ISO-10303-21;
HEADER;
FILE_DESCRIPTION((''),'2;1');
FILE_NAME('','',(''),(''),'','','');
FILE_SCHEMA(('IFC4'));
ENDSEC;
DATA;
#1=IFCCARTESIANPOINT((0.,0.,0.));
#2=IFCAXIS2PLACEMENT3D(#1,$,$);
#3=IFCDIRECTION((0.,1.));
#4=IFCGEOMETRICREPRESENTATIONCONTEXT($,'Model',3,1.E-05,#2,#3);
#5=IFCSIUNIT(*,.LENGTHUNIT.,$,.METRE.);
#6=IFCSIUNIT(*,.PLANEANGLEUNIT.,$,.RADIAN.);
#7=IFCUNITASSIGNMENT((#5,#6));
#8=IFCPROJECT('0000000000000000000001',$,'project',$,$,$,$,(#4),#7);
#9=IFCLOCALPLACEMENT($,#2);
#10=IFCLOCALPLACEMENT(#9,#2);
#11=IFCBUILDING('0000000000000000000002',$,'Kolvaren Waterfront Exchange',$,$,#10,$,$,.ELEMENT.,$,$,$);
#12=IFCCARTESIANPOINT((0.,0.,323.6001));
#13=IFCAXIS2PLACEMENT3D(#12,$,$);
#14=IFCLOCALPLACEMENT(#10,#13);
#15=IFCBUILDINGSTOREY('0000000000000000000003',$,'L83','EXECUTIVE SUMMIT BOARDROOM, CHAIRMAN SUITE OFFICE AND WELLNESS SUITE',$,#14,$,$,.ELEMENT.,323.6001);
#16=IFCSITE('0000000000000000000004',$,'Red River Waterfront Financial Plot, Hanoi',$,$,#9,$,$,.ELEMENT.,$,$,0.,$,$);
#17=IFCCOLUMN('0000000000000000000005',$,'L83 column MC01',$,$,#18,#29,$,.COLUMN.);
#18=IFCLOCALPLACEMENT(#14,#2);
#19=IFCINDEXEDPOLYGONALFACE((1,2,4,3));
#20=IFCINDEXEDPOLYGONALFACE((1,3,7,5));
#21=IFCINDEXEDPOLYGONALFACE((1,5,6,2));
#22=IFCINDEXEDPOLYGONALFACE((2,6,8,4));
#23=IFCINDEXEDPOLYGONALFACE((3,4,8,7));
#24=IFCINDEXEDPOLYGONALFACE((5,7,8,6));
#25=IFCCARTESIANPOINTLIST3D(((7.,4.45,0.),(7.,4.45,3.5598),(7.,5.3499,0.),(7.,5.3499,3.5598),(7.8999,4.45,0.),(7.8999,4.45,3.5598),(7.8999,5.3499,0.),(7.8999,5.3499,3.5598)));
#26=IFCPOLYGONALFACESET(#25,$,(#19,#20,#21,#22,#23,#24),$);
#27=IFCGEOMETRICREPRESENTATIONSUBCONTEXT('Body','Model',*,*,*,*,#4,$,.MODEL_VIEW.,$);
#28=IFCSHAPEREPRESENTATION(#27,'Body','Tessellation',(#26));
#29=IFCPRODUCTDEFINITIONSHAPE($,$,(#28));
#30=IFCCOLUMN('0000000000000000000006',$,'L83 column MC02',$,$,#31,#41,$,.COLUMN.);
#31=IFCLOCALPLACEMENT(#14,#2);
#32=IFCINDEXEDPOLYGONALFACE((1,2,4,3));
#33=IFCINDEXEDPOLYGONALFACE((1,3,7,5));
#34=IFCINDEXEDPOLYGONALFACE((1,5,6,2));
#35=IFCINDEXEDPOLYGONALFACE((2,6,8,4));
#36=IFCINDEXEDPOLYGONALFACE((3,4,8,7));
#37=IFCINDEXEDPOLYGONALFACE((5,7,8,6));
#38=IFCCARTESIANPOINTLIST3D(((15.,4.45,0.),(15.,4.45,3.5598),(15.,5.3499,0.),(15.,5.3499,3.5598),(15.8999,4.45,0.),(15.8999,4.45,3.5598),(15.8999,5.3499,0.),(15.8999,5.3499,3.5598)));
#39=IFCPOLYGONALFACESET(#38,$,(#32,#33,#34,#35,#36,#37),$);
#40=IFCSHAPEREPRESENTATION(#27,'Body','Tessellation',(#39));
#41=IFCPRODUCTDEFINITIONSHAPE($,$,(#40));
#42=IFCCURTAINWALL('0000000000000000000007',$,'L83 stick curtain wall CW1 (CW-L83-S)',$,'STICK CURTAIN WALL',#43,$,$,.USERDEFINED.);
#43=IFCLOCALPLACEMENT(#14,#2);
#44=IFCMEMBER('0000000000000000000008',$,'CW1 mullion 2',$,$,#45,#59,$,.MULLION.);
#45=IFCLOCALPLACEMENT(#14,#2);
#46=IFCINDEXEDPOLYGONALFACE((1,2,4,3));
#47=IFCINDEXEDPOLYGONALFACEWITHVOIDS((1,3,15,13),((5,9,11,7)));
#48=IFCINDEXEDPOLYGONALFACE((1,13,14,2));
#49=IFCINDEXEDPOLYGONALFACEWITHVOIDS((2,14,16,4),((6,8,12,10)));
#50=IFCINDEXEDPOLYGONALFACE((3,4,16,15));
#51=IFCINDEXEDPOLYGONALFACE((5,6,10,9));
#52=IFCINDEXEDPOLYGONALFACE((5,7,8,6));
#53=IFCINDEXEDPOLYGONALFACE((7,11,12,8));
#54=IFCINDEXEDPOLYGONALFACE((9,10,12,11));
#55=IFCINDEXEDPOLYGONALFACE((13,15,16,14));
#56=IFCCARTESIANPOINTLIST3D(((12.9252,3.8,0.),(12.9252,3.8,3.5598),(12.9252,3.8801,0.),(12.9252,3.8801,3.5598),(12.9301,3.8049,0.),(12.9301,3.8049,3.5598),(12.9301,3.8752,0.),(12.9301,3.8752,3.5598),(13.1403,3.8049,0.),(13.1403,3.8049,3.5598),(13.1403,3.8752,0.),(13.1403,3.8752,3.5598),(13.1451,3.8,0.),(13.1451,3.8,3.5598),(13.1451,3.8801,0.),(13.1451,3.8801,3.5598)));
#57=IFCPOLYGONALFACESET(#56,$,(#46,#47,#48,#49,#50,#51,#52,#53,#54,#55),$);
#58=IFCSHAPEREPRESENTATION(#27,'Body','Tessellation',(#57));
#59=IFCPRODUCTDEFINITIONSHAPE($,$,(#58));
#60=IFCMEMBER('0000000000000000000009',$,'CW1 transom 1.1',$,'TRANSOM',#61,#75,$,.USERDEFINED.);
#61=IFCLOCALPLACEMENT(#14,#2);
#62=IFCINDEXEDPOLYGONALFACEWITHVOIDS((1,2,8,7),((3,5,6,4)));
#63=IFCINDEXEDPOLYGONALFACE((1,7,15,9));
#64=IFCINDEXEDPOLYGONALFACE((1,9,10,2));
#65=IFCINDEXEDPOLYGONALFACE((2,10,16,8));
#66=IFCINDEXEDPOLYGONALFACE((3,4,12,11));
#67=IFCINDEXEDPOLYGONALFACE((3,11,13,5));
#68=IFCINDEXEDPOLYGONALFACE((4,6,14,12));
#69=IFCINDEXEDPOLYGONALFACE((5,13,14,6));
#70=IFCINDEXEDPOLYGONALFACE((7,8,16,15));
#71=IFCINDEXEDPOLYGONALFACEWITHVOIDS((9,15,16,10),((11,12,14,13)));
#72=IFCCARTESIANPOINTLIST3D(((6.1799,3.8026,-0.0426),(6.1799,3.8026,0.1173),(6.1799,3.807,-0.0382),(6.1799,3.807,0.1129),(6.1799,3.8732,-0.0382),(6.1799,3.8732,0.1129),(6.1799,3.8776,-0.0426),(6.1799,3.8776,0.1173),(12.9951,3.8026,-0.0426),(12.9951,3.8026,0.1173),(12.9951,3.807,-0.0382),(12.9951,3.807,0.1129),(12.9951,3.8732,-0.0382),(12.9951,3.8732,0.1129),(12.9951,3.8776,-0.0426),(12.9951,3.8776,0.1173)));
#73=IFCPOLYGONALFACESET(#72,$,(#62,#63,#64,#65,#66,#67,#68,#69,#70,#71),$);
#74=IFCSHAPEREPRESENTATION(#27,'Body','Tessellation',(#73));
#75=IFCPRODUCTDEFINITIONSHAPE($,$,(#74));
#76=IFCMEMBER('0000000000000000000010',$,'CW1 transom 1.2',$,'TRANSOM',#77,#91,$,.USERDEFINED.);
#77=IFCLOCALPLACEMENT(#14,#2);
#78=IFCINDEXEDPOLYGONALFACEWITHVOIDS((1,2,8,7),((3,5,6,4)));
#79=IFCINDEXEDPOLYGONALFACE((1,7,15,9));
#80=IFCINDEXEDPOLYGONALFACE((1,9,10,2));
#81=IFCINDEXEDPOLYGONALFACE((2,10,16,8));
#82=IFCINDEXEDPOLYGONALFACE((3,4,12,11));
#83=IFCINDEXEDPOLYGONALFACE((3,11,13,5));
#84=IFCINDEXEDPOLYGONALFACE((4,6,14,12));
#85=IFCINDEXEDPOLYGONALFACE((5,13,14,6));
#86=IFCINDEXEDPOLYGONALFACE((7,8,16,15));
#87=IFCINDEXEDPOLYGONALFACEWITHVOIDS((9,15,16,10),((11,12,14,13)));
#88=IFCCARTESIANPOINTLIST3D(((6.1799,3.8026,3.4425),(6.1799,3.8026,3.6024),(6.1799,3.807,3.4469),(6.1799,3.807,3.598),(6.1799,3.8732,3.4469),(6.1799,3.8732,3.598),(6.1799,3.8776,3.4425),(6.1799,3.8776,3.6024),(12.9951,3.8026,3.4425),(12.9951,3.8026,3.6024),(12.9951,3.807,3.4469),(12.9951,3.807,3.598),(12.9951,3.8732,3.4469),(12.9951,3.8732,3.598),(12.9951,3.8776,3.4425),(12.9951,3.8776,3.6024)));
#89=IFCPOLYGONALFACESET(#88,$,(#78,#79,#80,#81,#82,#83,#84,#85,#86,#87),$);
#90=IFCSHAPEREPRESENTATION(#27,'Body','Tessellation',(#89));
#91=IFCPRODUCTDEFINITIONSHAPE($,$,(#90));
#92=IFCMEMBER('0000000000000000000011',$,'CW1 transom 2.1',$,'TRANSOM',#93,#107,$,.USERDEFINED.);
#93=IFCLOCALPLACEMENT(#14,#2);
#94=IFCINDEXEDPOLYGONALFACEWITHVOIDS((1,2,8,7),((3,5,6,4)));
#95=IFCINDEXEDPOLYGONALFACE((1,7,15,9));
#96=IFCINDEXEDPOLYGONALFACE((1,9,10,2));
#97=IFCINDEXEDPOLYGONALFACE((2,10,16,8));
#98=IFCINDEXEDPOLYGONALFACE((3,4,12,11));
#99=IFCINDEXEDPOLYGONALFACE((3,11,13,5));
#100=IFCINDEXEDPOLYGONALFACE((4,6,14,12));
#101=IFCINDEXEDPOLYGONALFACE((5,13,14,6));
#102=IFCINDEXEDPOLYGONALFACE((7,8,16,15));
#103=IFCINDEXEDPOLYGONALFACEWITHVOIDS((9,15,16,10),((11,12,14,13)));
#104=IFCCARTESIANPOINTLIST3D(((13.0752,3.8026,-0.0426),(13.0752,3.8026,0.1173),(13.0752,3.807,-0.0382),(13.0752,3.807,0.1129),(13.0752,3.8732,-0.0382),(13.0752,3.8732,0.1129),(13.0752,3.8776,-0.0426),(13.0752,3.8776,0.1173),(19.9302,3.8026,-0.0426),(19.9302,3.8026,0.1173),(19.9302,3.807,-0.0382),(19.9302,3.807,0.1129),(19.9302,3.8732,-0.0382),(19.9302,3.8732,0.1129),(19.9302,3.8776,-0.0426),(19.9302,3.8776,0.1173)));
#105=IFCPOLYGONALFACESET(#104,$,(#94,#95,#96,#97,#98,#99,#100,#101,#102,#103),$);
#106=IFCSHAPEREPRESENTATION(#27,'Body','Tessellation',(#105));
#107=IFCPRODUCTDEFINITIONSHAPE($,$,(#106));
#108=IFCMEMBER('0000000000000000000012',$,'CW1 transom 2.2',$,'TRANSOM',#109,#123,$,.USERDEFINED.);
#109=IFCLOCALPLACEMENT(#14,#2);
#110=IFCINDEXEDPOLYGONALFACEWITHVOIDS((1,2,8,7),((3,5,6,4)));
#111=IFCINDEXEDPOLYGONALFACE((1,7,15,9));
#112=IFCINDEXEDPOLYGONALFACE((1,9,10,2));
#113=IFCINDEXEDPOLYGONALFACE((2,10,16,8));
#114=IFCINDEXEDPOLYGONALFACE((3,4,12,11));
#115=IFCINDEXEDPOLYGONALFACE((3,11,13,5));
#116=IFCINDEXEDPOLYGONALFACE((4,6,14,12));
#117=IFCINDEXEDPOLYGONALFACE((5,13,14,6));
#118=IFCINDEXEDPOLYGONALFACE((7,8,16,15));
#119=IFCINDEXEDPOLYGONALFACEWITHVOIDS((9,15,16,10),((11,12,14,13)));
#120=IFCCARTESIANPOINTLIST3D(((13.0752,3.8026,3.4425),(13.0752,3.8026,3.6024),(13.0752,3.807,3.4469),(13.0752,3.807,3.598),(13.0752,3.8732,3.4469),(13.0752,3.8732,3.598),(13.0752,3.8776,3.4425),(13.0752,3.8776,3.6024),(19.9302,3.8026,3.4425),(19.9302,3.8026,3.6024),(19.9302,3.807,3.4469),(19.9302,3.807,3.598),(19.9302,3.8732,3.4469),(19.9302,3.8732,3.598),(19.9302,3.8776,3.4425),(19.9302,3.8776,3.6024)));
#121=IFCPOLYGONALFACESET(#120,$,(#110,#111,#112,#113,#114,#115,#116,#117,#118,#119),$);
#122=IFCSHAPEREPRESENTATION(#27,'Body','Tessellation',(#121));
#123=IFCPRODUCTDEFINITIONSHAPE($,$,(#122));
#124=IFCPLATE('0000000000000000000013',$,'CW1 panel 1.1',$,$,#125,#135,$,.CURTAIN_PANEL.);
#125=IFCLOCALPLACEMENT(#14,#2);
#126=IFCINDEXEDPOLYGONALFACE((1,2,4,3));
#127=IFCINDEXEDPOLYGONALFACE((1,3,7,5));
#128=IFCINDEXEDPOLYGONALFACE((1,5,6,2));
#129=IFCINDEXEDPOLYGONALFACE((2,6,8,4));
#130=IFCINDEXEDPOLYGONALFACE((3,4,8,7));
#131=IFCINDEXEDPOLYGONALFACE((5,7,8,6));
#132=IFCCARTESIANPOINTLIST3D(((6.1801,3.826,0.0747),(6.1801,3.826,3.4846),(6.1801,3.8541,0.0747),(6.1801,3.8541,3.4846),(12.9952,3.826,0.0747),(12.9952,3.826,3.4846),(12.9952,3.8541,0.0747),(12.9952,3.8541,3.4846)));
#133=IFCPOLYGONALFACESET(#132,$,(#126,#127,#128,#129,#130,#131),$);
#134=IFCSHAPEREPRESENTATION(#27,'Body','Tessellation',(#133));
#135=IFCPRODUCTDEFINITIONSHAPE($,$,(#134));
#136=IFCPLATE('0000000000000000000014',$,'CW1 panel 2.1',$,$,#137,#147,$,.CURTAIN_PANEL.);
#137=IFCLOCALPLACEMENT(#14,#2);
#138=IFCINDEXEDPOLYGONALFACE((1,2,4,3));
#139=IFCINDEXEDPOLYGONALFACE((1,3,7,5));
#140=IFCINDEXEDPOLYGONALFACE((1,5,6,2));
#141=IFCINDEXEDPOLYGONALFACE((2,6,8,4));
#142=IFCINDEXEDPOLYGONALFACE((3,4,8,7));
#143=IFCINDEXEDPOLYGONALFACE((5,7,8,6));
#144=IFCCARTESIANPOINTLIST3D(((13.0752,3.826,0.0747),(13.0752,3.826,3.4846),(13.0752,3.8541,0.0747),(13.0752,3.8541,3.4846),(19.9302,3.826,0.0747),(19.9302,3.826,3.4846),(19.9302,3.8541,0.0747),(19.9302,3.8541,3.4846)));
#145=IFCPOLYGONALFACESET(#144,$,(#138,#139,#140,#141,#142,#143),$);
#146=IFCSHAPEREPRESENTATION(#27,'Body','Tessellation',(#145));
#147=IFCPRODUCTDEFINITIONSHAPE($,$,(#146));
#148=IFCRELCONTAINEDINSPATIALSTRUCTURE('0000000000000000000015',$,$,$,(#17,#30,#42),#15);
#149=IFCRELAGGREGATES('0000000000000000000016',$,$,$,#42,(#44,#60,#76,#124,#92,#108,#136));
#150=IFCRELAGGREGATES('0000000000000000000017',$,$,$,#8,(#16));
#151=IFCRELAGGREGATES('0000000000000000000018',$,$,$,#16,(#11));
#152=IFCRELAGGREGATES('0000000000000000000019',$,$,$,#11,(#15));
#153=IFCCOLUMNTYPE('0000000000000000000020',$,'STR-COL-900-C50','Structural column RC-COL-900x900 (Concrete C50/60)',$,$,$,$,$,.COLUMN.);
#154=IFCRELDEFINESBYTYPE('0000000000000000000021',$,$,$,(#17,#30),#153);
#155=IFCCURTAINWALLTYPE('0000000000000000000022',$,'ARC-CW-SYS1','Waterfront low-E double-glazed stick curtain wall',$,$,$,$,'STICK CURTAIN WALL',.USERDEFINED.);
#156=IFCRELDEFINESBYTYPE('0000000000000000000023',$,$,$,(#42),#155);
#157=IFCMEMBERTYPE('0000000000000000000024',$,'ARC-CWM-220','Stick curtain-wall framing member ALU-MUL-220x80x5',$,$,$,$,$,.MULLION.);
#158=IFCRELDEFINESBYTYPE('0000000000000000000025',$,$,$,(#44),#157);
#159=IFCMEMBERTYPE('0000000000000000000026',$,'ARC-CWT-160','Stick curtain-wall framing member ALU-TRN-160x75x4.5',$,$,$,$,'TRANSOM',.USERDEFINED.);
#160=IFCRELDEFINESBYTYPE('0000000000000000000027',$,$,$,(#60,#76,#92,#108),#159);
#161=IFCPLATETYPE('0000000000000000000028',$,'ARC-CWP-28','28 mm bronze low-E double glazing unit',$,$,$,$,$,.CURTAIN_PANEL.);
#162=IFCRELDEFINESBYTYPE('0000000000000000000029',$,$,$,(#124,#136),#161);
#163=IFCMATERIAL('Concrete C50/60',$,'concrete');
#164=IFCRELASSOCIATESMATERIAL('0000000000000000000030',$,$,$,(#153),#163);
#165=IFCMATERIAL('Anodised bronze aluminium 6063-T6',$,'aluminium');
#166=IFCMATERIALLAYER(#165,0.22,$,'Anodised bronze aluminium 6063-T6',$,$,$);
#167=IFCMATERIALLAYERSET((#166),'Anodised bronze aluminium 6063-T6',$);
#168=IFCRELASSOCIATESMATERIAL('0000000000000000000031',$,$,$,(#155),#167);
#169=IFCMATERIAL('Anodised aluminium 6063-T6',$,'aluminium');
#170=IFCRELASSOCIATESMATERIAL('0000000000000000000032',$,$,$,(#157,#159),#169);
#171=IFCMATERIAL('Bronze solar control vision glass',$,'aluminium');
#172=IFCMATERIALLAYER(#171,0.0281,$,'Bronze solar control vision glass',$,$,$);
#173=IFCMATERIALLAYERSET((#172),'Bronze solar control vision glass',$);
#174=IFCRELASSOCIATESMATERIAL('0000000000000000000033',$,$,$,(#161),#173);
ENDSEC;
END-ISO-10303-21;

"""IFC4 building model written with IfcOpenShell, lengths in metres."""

from ifc_helpers import new_model, si_unit, direction, frame, origin, origin_with_axes, origin_2d, place, context, subcontext, project, spatial, rectangle, hollow_rectangle, extrude, source, transform, mapped, material, layer, layer_set, material_profile, profile_set, type_object, element, aggregate, save


model = new_model("IFC4")

# Units and contexts
model_context = context("Model", 3, precision=1e-05, world=origin(), true_north=direction((0.0, 1.0)))
body_context = subcontext(model_context, "Body", "Model", "MODEL_VIEW")
ifc_project = project(units=[si_unit("LENGTHUNIT", "METRE"), si_unit("PLANEANGLEUNIT", "RADIAN")], contexts=[model_context])

# Site, building, storey
site_placement = place(None, origin())
site = spatial("IfcSite", under=ifc_project, at=site_placement, Name="Red River Waterfront Financial Plot, Hanoi", CompositionType="ELEMENT", RefElevation=0.0)
building_placement = place(site_placement, origin())
building = spatial("IfcBuilding", under=site, at=building_placement, Name="Kolvaren Waterfront Exchange", CompositionType="ELEMENT")
storey_placement = place(building_placement, frame((0.0, 0.0, 323.6001)))
storey = spatial("IfcBuildingStorey", under=building, at=storey_placement, Name="L83", Description="EXECUTIVE SUMMIT BOARDROOM, CHAIRMAN SUITE OFFICE AND WELLNESS SUITE", CompositionType="ELEMENT", Elevation=323.6001)

# Columns
ifc_material_1 = material(Name="Concrete C50/60", Category="concrete")
ifc_material_profile_1 = material_profile(ifc_material_1, rectangle(XDim=0.8999, YDim=0.8999, at=origin_2d()), Name="RC-COL-900x900")
ifc_profile_set_1 = profile_set([ifc_material_profile_1], Name="Concrete C50/60")
column_type = type_object("IfcColumnType", Name="STR-COL-900-C50", Description="Structural column RC-COL-900x900 (Concrete C50/60)", PredefinedType="COLUMN", material=ifc_profile_set_1)
for number, where, z_axis, x_axis, name in (
    (1, (7.45, 4.8999, 0.0), (0.0, 0.0, 1.0), (1.0, 0.0, 0.0), "L83 column MC01"),
    (2, (15.45, 4.8999, 0.0), (0.0, 0.0, 1.0), (1.0, 0.0, 0.0), "L83 column MC02"),
):
    element("IfcColumn", number, at=place(storey_placement, frame(where, z_axis=z_axis, x_axis=x_axis)), inside=storey, type_object=column_type, Name=name, PredefinedType="COLUMN", context=body_context, shape_type="SweptSolid", body=[
        extrude(rectangle(XDim=0.8999, YDim=0.8999, at=origin_2d()), origin(), (0.0, 0.0, 1.0), 3.5598),
    ])

# Curtain wall, members, plates
ifc_material_2 = material(Name="Anodised bronze aluminium 6063-T6", Category="aluminium")
ifc_layer_1 = layer(ifc_material_2, 0.22, Name="Anodised bronze aluminium 6063-T6")
ifc_layer_set_1 = layer_set([ifc_layer_1], Name="Anodised bronze aluminium 6063-T6")
curtain_wall_type = type_object("IfcCurtainWallType", Name="ARC-CW-SYS1", Description="Waterfront low-E double-glazed stick curtain wall", ElementType="STICK CURTAIN WALL", PredefinedType="USERDEFINED", material=ifc_layer_set_1)
curtain_wall_placement = place(storey_placement, origin())
curtain_wall = element("IfcCurtainWall", 3, at=curtain_wall_placement, inside=storey, type_object=curtain_wall_type, Name="L83 stick curtain wall CW1 (CW-L83-S)", ObjectType="STICK CURTAIN WALL", PredefinedType="USERDEFINED")
ifc_material_3 = material(Name="Anodised aluminium 6063-T6", Category="aluminium")
ifc_material_profile_2 = material_profile(ifc_material_3, hollow_rectangle(XDim=0.0801, YDim=0.22, WallThickness=0.0049, at=origin_2d()), Name="ALU-MUL-220x80x5")
ifc_profile_set_2 = profile_set([ifc_material_profile_2], Name="Anodised aluminium 6063-T6")
member_type_1 = type_object("IfcMemberType", Name="ARC-CWM-220", Description="Stick curtain-wall framing member ALU-MUL-220x80x5", PredefinedType="MULLION", material=ifc_profile_set_2)
shared_shape_1 = source(origin_with_axes(), body_context, "Body", "SweptSolid", [
    extrude(hollow_rectangle(XDim=0.0801, YDim=0.22, WallThickness=0.0049, at=origin_2d()), origin(), (0.0, 0.0, 1.0), 3.5598),
])
member_1_placement = place(storey_placement, frame((13.0352, 3.8401, 0.0), z_axis=(0.0, 0.0, 1.0), x_axis=(0.0, 1.0, 0.0)))
member_1 = element("IfcMember", 4, at=member_1_placement, type_object=member_type_1, Name="CW1 mullion 2", PredefinedType="MULLION", context=body_context, shape_type="MappedRepresentation", body=[
    mapped(shared_shape_1, transform((0.0, 0.0, 0.0), x_axis=(1.0, 0.0, 0.0), y_axis=(0.0, 1.0, 0.0), z_axis=(0.0, 0.0, 1.0), scale=1.0)),
])
ifc_material_profile_3 = material_profile(ifc_material_3, hollow_rectangle(XDim=0.075, YDim=0.1599, WallThickness=0.0044, at=origin_2d()), Name="ALU-TRN-160x75x4.5")
ifc_profile_set_3 = profile_set([ifc_material_profile_3], Name="Anodised aluminium 6063-T6")
member_type_2 = type_object("IfcMemberType", Name="ARC-CWT-160", Description="Stick curtain-wall framing member ALU-TRN-160x75x4.5", ElementType="TRANSOM", PredefinedType="USERDEFINED", material=ifc_profile_set_3)
shared_shape_2 = source(origin_with_axes(), body_context, "Body", "SweptSolid", [
    extrude(hollow_rectangle(XDim=0.075, YDim=0.1599, WallThickness=0.0044, at=origin_2d()), origin(), (0.0, 0.0, 1.0), 6.8152),
])
member_2_placement = place(storey_placement, frame((6.1799, 3.8401, 0.0374), z_axis=(1.0, 0.0, 0.0), x_axis=(0.0, 1.0, 0.0)))
member_2 = element("IfcMember", 5, at=member_2_placement, type_object=member_type_2, Name="CW1 transom 1.1", ObjectType="TRANSOM", PredefinedType="USERDEFINED", context=body_context, shape_type="MappedRepresentation", body=[
    mapped(shared_shape_2, transform((0.0, 0.0, 0.0), x_axis=(1.0, 0.0, 0.0), y_axis=(0.0, 1.0, 0.0), z_axis=(0.0, 0.0, 1.0), scale=1.0)),
])
member_3_placement = place(storey_placement, frame((6.1799, 3.8401, 3.5225), z_axis=(1.0, 0.0, 0.0), x_axis=(0.0, 1.0, 0.0)))
member_3 = element("IfcMember", 6, at=member_3_placement, type_object=member_type_2, Name="CW1 transom 1.2", ObjectType="TRANSOM", PredefinedType="USERDEFINED", context=body_context, shape_type="MappedRepresentation", body=[
    mapped(shared_shape_2, transform((0.0, 0.0, 0.0), x_axis=(1.0, 0.0, 0.0), y_axis=(0.0, 1.0, 0.0), z_axis=(0.0, 0.0, 1.0), scale=1.0)),
])
shared_shape_3 = source(origin_with_axes(), body_context, "Body", "SweptSolid", [
    extrude(hollow_rectangle(XDim=0.075, YDim=0.1599, WallThickness=0.0044, at=origin_2d()), origin(), (0.0, 0.0, 1.0), 6.855),
])
member_4_placement = place(storey_placement, frame((13.0752, 3.8401, 0.0374), z_axis=(1.0, 0.0, 0.0), x_axis=(0.0, 1.0, 0.0)))
member_4 = element("IfcMember", 7, at=member_4_placement, type_object=member_type_2, Name="CW1 transom 2.1", ObjectType="TRANSOM", PredefinedType="USERDEFINED", context=body_context, shape_type="MappedRepresentation", body=[
    mapped(shared_shape_3, transform((0.0, 0.0, 0.0), x_axis=(1.0, 0.0, 0.0), y_axis=(0.0, 1.0, 0.0), z_axis=(0.0, 0.0, 1.0), scale=1.0)),
])
member_5_placement = place(storey_placement, frame((13.0752, 3.8401, 3.5225), z_axis=(1.0, 0.0, 0.0), x_axis=(0.0, 1.0, 0.0)))
member_5 = element("IfcMember", 8, at=member_5_placement, type_object=member_type_2, Name="CW1 transom 2.2", ObjectType="TRANSOM", PredefinedType="USERDEFINED", context=body_context, shape_type="MappedRepresentation", body=[
    mapped(shared_shape_3, transform((0.0, 0.0, 0.0), x_axis=(1.0, 0.0, 0.0), y_axis=(0.0, 1.0, 0.0), z_axis=(0.0, 0.0, 1.0), scale=1.0)),
])
ifc_material_4 = material(Name="Bronze solar control vision glass", Category="aluminium")
ifc_layer_2 = layer(ifc_material_4, 0.0281, Name="Bronze solar control vision glass")
ifc_layer_set_2 = layer_set([ifc_layer_2], Name="Bronze solar control vision glass")
plate_type = type_object("IfcPlateType", Name="ARC-CWP-28", Description="28 mm bronze low-E double glazing unit", PredefinedType="CURTAIN_PANEL", material=ifc_layer_set_2)
shared_shape_4 = source(origin_with_axes(), body_context, "Body", "SweptSolid", [
    extrude(rectangle(XDim=6.8152, YDim=0.0281, at=origin_2d()), origin(), (0.0, 0.0, 1.0), 3.4099),
])
plate_1_placement = place(storey_placement, frame((9.5876, 3.8401, 0.0747), z_axis=(0.0, 0.0, 1.0), x_axis=(1.0, 0.0, 0.0)))
plate_1 = element("IfcPlate", 9, at=plate_1_placement, type_object=plate_type, Name="CW1 panel 1.1", PredefinedType="CURTAIN_PANEL", context=body_context, shape_type="MappedRepresentation", body=[
    mapped(shared_shape_4, transform((0.0, 0.0, 0.0), x_axis=(1.0, 0.0, 0.0), y_axis=(0.0, 1.0, 0.0), z_axis=(0.0, 0.0, 1.0), scale=1.0)),
])
shared_shape_5 = source(origin_with_axes(), body_context, "Body", "SweptSolid", [
    extrude(rectangle(XDim=6.855, YDim=0.0281, at=origin_2d()), origin(), (0.0, 0.0, 1.0), 3.4099),
])
plate_2_placement = place(storey_placement, frame((16.5027, 3.8401, 0.0747), z_axis=(0.0, 0.0, 1.0), x_axis=(1.0, 0.0, 0.0)))
plate_2 = element("IfcPlate", 10, at=plate_2_placement, type_object=plate_type, Name="CW1 panel 2.1", PredefinedType="CURTAIN_PANEL", context=body_context, shape_type="MappedRepresentation", body=[
    mapped(shared_shape_5, transform((0.0, 0.0, 0.0), x_axis=(1.0, 0.0, 0.0), y_axis=(0.0, 1.0, 0.0), z_axis=(0.0, 0.0, 1.0), scale=1.0)),
])
aggregate(curtain_wall, [member_1, member_2, member_3, plate_1, member_4, member_5, plate_2])

save(model, "model.ifc")
